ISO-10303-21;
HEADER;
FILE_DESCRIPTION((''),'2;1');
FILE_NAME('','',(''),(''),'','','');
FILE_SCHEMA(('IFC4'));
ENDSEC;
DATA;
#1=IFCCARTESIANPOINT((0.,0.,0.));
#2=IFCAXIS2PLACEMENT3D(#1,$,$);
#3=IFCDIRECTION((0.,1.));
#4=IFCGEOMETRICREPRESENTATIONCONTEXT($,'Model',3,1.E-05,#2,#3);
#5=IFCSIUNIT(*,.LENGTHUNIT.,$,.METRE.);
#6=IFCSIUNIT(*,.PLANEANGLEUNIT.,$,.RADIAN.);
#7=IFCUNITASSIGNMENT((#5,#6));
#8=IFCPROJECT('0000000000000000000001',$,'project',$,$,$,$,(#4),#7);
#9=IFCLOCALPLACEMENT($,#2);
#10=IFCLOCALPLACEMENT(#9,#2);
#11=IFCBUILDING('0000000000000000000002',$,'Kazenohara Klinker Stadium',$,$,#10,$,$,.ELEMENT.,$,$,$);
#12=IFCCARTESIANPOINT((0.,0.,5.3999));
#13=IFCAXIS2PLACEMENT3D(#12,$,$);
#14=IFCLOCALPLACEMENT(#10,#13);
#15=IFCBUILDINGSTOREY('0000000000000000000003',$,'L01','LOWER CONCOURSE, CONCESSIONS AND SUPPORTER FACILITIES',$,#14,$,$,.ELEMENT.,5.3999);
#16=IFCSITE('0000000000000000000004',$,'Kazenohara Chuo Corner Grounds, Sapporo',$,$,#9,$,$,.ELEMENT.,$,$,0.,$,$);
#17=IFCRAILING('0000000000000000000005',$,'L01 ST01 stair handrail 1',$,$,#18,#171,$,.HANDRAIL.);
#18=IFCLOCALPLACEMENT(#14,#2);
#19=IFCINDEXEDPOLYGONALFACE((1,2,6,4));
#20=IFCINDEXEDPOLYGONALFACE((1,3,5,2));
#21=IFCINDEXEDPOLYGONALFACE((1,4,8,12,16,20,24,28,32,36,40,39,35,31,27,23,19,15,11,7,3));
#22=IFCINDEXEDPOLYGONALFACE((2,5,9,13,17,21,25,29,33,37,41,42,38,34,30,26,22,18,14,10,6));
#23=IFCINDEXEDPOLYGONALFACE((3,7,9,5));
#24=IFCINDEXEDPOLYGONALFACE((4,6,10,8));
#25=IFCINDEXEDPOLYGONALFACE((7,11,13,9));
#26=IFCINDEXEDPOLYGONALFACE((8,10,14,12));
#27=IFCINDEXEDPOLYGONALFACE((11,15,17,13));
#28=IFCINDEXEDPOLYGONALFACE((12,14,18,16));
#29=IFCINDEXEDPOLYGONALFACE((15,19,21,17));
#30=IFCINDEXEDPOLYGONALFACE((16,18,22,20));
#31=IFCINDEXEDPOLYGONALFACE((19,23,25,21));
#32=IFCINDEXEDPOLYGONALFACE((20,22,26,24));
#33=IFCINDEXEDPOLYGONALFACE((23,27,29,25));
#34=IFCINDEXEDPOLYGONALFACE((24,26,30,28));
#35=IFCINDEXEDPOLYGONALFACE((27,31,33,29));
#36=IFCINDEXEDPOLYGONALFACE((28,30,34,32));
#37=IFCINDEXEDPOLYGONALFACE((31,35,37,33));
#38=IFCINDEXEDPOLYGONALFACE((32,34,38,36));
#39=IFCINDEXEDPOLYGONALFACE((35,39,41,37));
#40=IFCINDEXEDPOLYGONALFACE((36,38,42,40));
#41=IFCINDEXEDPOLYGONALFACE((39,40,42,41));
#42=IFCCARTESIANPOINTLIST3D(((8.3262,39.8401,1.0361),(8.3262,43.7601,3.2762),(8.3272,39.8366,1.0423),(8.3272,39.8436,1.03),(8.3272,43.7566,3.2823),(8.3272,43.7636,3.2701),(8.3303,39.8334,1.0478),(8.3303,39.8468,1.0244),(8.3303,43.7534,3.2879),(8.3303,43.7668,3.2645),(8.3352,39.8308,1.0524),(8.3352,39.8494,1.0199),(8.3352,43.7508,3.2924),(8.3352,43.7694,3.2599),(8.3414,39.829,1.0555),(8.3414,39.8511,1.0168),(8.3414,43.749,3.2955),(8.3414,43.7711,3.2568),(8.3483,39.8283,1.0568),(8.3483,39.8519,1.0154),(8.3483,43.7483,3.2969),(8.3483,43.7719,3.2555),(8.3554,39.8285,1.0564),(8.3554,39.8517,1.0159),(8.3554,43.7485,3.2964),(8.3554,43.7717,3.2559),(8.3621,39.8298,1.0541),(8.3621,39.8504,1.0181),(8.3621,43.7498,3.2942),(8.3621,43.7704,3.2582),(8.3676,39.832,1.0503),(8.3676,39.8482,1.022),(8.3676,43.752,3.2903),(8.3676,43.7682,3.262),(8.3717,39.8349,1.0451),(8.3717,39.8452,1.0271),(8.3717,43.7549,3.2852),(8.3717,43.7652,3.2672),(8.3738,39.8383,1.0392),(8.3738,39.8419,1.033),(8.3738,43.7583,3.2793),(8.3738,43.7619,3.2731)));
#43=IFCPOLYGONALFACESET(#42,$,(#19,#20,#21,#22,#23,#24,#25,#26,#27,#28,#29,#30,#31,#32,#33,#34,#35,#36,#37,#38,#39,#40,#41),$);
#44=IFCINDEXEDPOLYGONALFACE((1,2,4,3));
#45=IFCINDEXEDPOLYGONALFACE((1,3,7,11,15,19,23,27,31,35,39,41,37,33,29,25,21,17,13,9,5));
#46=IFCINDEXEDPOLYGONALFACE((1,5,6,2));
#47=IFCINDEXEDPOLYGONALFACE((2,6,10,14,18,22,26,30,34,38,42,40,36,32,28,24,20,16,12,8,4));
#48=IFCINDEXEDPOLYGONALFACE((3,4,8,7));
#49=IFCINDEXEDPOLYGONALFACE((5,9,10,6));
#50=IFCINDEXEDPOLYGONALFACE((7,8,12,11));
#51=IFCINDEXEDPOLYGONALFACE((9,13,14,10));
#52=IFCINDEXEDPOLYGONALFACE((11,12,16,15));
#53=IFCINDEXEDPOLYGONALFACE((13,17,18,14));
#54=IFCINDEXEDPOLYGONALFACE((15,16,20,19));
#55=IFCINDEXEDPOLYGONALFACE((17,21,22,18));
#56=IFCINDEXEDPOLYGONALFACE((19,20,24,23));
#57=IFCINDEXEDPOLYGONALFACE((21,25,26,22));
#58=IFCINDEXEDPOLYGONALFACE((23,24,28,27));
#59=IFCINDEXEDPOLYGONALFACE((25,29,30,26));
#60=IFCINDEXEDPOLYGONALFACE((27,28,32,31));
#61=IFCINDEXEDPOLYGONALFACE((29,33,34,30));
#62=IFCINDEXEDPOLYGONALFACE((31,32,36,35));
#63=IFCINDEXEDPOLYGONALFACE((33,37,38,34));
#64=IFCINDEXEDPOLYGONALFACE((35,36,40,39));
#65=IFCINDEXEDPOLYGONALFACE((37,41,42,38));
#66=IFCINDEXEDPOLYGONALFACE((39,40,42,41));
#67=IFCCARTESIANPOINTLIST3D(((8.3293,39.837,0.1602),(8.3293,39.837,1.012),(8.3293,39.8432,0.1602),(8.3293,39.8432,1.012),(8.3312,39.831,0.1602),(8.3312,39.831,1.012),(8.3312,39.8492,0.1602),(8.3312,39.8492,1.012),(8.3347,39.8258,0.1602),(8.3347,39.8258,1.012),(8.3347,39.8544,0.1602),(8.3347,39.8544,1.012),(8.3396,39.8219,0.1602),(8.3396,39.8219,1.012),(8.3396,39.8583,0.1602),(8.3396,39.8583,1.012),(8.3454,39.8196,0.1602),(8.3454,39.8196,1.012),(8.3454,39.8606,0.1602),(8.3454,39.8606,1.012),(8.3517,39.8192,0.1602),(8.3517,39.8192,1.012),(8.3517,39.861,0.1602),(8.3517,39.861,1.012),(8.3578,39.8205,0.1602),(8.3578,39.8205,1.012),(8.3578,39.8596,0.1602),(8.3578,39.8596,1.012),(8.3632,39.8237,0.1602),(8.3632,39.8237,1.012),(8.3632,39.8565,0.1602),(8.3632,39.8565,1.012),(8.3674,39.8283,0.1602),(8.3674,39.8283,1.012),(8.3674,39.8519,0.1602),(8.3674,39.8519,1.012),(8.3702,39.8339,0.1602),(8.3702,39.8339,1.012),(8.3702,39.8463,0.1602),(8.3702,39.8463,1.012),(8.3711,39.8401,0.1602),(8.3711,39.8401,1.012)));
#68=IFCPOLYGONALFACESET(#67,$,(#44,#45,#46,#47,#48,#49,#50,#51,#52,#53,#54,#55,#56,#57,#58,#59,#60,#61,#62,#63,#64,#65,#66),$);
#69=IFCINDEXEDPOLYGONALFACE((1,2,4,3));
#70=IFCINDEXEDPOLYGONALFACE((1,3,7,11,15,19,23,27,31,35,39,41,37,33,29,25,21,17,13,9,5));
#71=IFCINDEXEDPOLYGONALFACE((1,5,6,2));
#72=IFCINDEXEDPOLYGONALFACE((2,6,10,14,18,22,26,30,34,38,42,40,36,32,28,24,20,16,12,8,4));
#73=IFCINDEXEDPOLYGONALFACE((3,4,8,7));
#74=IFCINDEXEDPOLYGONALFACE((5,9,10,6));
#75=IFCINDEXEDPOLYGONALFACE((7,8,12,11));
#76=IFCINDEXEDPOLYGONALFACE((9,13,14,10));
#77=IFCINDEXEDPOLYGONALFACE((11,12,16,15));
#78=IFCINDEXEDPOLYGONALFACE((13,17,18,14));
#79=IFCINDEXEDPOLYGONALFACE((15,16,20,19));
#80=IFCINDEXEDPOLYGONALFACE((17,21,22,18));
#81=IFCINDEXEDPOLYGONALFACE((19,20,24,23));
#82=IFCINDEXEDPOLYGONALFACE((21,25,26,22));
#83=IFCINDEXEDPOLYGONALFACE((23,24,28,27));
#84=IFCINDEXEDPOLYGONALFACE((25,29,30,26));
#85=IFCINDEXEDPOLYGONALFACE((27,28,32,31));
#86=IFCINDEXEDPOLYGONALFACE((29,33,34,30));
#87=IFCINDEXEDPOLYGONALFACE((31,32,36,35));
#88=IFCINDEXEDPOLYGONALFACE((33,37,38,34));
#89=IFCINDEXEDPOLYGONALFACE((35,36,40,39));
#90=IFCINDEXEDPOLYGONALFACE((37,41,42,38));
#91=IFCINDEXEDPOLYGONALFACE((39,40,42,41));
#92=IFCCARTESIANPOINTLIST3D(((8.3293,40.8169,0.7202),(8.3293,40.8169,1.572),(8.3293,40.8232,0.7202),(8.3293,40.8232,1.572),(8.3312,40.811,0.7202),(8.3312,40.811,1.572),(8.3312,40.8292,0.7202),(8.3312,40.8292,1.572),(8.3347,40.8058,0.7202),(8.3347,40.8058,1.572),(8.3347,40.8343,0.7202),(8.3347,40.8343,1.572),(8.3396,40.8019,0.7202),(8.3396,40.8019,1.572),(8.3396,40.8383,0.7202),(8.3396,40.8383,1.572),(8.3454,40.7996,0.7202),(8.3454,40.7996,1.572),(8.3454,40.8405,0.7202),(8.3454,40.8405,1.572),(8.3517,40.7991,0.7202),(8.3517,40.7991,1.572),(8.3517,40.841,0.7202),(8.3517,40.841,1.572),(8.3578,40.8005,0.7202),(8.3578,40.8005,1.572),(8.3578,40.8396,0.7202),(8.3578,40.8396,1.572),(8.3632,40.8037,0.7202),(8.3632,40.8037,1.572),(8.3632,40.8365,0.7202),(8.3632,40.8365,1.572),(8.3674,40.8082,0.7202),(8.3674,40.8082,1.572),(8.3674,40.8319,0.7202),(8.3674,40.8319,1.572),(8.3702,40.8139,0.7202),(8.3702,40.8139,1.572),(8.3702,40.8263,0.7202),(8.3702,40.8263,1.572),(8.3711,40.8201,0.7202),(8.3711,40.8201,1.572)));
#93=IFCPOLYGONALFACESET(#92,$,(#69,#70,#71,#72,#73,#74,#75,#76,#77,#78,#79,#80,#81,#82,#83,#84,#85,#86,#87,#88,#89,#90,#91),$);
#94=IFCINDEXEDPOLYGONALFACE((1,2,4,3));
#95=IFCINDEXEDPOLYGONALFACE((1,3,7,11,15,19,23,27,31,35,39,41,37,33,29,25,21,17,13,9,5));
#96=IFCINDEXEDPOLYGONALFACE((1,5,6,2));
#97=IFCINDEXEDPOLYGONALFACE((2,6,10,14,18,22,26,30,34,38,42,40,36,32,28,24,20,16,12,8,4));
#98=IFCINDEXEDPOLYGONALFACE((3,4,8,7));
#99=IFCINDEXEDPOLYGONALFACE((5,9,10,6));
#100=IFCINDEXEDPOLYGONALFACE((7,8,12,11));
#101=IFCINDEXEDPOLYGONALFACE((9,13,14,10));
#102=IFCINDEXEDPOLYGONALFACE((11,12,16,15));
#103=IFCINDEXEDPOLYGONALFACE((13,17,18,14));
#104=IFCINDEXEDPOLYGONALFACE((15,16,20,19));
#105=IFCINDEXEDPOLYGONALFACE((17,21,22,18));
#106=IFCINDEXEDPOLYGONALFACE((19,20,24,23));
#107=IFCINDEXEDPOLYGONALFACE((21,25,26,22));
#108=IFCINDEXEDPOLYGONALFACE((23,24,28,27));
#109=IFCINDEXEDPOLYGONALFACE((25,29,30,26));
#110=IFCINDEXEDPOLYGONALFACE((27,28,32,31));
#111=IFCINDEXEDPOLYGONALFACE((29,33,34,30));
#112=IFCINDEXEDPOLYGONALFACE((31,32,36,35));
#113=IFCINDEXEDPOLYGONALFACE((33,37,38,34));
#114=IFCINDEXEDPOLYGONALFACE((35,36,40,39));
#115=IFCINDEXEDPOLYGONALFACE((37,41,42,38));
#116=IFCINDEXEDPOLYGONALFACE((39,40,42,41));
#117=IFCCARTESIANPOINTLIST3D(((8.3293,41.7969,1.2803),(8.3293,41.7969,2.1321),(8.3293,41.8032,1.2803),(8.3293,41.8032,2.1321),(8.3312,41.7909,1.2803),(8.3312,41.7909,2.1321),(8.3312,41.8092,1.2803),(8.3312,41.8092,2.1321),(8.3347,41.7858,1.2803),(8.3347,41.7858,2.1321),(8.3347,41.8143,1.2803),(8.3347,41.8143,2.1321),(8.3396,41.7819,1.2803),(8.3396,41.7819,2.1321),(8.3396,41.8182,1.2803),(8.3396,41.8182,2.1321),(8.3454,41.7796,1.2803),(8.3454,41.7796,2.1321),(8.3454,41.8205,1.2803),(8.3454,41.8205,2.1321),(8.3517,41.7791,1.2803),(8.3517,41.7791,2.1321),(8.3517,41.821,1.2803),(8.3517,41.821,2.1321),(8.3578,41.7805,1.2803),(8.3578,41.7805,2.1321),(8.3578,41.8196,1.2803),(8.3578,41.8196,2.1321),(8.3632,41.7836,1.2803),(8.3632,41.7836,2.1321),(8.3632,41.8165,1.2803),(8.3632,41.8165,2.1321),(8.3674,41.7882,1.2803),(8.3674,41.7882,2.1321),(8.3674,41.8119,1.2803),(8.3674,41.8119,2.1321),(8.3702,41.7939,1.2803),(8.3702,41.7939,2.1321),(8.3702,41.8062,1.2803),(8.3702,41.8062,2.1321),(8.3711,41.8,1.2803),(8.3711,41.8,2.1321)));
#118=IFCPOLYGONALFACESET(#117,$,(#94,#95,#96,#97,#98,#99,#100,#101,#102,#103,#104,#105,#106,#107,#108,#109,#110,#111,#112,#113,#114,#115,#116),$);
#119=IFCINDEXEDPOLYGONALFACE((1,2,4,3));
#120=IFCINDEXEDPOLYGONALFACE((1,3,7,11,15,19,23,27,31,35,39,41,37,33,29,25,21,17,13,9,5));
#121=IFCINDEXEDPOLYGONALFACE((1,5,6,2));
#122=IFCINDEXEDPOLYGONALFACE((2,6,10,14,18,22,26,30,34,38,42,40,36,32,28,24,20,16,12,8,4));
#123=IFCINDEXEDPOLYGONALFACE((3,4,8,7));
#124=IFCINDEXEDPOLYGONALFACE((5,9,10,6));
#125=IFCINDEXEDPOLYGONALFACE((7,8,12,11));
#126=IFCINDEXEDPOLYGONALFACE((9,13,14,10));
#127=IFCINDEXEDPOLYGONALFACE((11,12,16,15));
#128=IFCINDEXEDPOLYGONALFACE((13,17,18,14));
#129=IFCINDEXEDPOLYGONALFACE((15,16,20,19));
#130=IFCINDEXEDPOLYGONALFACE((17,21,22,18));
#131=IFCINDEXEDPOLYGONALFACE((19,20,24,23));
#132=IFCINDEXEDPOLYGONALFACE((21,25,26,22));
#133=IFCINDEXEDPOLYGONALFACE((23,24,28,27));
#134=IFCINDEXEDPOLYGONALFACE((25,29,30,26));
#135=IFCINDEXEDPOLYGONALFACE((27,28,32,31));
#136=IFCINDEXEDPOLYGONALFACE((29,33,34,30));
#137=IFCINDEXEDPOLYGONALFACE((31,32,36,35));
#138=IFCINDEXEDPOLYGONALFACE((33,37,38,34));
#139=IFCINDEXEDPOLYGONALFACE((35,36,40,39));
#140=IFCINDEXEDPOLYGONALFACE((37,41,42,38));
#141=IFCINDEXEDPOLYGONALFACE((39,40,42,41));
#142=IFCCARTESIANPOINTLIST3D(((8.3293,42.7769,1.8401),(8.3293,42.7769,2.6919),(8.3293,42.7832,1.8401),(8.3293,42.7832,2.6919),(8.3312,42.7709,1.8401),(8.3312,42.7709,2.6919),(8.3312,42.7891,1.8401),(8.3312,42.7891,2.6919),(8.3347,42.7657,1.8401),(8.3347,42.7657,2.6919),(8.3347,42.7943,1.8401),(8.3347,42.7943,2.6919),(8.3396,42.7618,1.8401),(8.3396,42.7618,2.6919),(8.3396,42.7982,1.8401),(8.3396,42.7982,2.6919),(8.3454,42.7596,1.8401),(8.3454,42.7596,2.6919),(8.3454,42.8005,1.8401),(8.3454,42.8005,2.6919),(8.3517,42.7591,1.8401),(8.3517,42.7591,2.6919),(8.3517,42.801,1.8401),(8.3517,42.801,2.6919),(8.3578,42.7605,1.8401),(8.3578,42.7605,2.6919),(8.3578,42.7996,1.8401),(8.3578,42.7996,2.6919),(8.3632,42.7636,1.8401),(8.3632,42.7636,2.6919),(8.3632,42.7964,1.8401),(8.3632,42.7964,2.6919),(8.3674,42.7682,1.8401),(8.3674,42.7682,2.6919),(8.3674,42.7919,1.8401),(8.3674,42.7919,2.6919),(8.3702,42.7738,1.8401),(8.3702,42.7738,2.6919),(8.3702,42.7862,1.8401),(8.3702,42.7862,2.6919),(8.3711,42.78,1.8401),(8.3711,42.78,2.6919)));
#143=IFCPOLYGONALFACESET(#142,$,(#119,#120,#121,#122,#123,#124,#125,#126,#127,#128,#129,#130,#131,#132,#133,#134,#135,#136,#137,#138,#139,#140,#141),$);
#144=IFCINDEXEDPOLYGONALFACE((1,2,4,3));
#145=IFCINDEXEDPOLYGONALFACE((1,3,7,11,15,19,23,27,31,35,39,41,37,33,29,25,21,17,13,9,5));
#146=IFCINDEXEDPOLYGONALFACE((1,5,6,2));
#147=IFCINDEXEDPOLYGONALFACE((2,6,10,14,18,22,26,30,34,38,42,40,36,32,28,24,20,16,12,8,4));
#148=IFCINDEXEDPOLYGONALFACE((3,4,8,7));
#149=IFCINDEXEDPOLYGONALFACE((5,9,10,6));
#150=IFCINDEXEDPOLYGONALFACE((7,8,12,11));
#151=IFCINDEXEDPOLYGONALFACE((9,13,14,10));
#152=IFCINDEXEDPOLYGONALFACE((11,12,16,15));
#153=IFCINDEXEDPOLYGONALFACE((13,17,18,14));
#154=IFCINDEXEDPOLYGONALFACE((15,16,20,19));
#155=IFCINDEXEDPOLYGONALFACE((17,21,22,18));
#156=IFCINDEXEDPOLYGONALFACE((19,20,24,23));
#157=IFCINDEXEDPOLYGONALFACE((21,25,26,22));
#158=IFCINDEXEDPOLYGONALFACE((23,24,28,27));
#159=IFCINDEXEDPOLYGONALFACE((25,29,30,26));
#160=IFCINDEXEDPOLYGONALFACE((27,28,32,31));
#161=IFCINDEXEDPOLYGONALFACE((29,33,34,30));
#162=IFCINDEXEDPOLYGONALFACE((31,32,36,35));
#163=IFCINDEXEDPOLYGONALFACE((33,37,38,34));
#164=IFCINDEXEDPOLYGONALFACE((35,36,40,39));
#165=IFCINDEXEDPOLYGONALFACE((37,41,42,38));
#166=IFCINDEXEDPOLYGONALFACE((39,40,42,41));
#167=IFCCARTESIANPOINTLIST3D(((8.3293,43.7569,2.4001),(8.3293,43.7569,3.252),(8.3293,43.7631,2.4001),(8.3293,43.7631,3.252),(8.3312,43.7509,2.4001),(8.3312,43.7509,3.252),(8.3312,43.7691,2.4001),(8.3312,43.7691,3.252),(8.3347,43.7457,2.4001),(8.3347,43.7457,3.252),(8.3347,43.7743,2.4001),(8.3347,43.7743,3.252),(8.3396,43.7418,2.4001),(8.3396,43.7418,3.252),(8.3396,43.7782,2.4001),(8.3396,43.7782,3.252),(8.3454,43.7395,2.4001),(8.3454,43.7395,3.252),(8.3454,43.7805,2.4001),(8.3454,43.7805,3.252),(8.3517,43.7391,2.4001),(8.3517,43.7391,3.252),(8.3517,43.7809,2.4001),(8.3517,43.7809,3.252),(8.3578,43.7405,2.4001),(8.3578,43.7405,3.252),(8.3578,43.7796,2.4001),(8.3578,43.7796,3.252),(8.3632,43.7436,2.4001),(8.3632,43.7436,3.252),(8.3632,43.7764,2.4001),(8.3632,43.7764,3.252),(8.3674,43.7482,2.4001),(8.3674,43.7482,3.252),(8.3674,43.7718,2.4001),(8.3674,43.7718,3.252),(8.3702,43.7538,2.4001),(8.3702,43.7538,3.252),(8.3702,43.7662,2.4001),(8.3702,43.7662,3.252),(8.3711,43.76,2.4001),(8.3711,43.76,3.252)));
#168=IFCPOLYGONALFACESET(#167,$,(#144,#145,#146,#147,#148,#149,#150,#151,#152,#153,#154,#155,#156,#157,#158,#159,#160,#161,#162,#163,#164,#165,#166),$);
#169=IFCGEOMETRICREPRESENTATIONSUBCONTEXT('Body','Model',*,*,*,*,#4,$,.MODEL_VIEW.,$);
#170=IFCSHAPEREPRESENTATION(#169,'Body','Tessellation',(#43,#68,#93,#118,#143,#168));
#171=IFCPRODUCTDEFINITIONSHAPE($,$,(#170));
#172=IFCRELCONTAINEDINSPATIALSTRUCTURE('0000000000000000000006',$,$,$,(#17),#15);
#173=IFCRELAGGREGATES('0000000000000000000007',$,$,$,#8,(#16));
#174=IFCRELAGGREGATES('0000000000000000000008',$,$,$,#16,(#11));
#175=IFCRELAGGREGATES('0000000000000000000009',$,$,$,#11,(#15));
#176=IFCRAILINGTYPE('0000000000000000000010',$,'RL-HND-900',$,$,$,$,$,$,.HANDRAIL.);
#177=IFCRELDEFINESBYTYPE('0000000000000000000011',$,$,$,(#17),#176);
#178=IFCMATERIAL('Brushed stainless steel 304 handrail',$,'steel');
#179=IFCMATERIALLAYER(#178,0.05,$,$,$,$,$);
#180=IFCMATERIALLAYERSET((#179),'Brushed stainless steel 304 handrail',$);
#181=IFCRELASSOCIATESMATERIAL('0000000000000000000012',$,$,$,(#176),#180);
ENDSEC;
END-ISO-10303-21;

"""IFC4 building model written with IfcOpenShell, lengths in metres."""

from ifc_helpers import new_model, si_unit, direction, frame, origin, origin_2d, place, context, subcontext, project, spatial, circle, extrude, material, layer, layer_set, type_object, element, save


model = new_model("IFC4")

# Units and contexts
model_context = context("Model", 3, precision=1e-05, world=origin(), true_north=direction((0.0, 1.0)))
body_context = subcontext(model_context, "Body", "Model", "MODEL_VIEW")
ifc_project = project(units=[si_unit("LENGTHUNIT", "METRE"), si_unit("PLANEANGLEUNIT", "RADIAN")], contexts=[model_context])

# Site, building, storey
site_placement = place(None, origin())
site = spatial("IfcSite", under=ifc_project, at=site_placement, Name="Kazenohara Chuo Corner Grounds, Sapporo", CompositionType="ELEMENT", RefElevation=0.0)
building_placement = place(site_placement, origin())
building = spatial("IfcBuilding", under=site, at=building_placement, Name="Kazenohara Klinker Stadium", CompositionType="ELEMENT")
storey_placement = place(building_placement, frame((0.0, 0.0, 5.3999)))
storey = spatial("IfcBuildingStorey", under=building, at=storey_placement, Name="L01", Description="LOWER CONCOURSE, CONCESSIONS AND SUPPORTER FACILITIES", CompositionType="ELEMENT", Elevation=5.3999)

# Railing
ifc_material_1 = material(Name="Brushed stainless steel 304 handrail", Category="steel")
ifc_layer_1 = layer(ifc_material_1, 0.05)
ifc_layer_set_1 = layer_set([ifc_layer_1], Name="Brushed stainless steel 304 handrail")
railing_type_1 = type_object("IfcRailingType", Name="RL-HND-900", PredefinedType="HANDRAIL", material=ifc_layer_set_1)
railing_1_placement = place(storey_placement, frame((8.3501, 39.8401, 0.1602)))
element("IfcRailing", 1, at=railing_1_placement, inside=storey, type_object=railing_type_1, Name="L01 ST01 stair handrail 1", PredefinedType="HANDRAIL", context=body_context, shape_type="SweptSolid", body=[
    extrude(circle(Radius=0.0239, at=origin_2d()), frame((0.0, 0.0, 0.876), z_axis=(0.0, 0.86824, 0.496145), x_axis=(-1.0, 0.0, 0.0)), (0.0, 0.0, 1.0), 4.5149),
    extrude(circle(Radius=0.021, at=origin_2d()), origin(), (0.0, 0.0, 1.0), 0.8518),
    extrude(circle(Radius=0.021, at=origin_2d()), frame((0.0, 0.98, 0.5601)), (0.0, 0.0, 1.0), 0.8518),
    extrude(circle(Radius=0.021, at=origin_2d()), frame((0.0, 1.96, 1.1201)), (0.0, 0.0, 1.0), 0.8518),
    extrude(circle(Radius=0.021, at=origin_2d()), frame((0.0, 2.9399, 1.6799)), (0.0, 0.0, 1.0), 0.8518),
    extrude(circle(Radius=0.021, at=origin_2d()), frame((0.0, 3.9199, 2.24)), (0.0, 0.0, 1.0), 0.8518),
])

save(model, "model.ifc")
